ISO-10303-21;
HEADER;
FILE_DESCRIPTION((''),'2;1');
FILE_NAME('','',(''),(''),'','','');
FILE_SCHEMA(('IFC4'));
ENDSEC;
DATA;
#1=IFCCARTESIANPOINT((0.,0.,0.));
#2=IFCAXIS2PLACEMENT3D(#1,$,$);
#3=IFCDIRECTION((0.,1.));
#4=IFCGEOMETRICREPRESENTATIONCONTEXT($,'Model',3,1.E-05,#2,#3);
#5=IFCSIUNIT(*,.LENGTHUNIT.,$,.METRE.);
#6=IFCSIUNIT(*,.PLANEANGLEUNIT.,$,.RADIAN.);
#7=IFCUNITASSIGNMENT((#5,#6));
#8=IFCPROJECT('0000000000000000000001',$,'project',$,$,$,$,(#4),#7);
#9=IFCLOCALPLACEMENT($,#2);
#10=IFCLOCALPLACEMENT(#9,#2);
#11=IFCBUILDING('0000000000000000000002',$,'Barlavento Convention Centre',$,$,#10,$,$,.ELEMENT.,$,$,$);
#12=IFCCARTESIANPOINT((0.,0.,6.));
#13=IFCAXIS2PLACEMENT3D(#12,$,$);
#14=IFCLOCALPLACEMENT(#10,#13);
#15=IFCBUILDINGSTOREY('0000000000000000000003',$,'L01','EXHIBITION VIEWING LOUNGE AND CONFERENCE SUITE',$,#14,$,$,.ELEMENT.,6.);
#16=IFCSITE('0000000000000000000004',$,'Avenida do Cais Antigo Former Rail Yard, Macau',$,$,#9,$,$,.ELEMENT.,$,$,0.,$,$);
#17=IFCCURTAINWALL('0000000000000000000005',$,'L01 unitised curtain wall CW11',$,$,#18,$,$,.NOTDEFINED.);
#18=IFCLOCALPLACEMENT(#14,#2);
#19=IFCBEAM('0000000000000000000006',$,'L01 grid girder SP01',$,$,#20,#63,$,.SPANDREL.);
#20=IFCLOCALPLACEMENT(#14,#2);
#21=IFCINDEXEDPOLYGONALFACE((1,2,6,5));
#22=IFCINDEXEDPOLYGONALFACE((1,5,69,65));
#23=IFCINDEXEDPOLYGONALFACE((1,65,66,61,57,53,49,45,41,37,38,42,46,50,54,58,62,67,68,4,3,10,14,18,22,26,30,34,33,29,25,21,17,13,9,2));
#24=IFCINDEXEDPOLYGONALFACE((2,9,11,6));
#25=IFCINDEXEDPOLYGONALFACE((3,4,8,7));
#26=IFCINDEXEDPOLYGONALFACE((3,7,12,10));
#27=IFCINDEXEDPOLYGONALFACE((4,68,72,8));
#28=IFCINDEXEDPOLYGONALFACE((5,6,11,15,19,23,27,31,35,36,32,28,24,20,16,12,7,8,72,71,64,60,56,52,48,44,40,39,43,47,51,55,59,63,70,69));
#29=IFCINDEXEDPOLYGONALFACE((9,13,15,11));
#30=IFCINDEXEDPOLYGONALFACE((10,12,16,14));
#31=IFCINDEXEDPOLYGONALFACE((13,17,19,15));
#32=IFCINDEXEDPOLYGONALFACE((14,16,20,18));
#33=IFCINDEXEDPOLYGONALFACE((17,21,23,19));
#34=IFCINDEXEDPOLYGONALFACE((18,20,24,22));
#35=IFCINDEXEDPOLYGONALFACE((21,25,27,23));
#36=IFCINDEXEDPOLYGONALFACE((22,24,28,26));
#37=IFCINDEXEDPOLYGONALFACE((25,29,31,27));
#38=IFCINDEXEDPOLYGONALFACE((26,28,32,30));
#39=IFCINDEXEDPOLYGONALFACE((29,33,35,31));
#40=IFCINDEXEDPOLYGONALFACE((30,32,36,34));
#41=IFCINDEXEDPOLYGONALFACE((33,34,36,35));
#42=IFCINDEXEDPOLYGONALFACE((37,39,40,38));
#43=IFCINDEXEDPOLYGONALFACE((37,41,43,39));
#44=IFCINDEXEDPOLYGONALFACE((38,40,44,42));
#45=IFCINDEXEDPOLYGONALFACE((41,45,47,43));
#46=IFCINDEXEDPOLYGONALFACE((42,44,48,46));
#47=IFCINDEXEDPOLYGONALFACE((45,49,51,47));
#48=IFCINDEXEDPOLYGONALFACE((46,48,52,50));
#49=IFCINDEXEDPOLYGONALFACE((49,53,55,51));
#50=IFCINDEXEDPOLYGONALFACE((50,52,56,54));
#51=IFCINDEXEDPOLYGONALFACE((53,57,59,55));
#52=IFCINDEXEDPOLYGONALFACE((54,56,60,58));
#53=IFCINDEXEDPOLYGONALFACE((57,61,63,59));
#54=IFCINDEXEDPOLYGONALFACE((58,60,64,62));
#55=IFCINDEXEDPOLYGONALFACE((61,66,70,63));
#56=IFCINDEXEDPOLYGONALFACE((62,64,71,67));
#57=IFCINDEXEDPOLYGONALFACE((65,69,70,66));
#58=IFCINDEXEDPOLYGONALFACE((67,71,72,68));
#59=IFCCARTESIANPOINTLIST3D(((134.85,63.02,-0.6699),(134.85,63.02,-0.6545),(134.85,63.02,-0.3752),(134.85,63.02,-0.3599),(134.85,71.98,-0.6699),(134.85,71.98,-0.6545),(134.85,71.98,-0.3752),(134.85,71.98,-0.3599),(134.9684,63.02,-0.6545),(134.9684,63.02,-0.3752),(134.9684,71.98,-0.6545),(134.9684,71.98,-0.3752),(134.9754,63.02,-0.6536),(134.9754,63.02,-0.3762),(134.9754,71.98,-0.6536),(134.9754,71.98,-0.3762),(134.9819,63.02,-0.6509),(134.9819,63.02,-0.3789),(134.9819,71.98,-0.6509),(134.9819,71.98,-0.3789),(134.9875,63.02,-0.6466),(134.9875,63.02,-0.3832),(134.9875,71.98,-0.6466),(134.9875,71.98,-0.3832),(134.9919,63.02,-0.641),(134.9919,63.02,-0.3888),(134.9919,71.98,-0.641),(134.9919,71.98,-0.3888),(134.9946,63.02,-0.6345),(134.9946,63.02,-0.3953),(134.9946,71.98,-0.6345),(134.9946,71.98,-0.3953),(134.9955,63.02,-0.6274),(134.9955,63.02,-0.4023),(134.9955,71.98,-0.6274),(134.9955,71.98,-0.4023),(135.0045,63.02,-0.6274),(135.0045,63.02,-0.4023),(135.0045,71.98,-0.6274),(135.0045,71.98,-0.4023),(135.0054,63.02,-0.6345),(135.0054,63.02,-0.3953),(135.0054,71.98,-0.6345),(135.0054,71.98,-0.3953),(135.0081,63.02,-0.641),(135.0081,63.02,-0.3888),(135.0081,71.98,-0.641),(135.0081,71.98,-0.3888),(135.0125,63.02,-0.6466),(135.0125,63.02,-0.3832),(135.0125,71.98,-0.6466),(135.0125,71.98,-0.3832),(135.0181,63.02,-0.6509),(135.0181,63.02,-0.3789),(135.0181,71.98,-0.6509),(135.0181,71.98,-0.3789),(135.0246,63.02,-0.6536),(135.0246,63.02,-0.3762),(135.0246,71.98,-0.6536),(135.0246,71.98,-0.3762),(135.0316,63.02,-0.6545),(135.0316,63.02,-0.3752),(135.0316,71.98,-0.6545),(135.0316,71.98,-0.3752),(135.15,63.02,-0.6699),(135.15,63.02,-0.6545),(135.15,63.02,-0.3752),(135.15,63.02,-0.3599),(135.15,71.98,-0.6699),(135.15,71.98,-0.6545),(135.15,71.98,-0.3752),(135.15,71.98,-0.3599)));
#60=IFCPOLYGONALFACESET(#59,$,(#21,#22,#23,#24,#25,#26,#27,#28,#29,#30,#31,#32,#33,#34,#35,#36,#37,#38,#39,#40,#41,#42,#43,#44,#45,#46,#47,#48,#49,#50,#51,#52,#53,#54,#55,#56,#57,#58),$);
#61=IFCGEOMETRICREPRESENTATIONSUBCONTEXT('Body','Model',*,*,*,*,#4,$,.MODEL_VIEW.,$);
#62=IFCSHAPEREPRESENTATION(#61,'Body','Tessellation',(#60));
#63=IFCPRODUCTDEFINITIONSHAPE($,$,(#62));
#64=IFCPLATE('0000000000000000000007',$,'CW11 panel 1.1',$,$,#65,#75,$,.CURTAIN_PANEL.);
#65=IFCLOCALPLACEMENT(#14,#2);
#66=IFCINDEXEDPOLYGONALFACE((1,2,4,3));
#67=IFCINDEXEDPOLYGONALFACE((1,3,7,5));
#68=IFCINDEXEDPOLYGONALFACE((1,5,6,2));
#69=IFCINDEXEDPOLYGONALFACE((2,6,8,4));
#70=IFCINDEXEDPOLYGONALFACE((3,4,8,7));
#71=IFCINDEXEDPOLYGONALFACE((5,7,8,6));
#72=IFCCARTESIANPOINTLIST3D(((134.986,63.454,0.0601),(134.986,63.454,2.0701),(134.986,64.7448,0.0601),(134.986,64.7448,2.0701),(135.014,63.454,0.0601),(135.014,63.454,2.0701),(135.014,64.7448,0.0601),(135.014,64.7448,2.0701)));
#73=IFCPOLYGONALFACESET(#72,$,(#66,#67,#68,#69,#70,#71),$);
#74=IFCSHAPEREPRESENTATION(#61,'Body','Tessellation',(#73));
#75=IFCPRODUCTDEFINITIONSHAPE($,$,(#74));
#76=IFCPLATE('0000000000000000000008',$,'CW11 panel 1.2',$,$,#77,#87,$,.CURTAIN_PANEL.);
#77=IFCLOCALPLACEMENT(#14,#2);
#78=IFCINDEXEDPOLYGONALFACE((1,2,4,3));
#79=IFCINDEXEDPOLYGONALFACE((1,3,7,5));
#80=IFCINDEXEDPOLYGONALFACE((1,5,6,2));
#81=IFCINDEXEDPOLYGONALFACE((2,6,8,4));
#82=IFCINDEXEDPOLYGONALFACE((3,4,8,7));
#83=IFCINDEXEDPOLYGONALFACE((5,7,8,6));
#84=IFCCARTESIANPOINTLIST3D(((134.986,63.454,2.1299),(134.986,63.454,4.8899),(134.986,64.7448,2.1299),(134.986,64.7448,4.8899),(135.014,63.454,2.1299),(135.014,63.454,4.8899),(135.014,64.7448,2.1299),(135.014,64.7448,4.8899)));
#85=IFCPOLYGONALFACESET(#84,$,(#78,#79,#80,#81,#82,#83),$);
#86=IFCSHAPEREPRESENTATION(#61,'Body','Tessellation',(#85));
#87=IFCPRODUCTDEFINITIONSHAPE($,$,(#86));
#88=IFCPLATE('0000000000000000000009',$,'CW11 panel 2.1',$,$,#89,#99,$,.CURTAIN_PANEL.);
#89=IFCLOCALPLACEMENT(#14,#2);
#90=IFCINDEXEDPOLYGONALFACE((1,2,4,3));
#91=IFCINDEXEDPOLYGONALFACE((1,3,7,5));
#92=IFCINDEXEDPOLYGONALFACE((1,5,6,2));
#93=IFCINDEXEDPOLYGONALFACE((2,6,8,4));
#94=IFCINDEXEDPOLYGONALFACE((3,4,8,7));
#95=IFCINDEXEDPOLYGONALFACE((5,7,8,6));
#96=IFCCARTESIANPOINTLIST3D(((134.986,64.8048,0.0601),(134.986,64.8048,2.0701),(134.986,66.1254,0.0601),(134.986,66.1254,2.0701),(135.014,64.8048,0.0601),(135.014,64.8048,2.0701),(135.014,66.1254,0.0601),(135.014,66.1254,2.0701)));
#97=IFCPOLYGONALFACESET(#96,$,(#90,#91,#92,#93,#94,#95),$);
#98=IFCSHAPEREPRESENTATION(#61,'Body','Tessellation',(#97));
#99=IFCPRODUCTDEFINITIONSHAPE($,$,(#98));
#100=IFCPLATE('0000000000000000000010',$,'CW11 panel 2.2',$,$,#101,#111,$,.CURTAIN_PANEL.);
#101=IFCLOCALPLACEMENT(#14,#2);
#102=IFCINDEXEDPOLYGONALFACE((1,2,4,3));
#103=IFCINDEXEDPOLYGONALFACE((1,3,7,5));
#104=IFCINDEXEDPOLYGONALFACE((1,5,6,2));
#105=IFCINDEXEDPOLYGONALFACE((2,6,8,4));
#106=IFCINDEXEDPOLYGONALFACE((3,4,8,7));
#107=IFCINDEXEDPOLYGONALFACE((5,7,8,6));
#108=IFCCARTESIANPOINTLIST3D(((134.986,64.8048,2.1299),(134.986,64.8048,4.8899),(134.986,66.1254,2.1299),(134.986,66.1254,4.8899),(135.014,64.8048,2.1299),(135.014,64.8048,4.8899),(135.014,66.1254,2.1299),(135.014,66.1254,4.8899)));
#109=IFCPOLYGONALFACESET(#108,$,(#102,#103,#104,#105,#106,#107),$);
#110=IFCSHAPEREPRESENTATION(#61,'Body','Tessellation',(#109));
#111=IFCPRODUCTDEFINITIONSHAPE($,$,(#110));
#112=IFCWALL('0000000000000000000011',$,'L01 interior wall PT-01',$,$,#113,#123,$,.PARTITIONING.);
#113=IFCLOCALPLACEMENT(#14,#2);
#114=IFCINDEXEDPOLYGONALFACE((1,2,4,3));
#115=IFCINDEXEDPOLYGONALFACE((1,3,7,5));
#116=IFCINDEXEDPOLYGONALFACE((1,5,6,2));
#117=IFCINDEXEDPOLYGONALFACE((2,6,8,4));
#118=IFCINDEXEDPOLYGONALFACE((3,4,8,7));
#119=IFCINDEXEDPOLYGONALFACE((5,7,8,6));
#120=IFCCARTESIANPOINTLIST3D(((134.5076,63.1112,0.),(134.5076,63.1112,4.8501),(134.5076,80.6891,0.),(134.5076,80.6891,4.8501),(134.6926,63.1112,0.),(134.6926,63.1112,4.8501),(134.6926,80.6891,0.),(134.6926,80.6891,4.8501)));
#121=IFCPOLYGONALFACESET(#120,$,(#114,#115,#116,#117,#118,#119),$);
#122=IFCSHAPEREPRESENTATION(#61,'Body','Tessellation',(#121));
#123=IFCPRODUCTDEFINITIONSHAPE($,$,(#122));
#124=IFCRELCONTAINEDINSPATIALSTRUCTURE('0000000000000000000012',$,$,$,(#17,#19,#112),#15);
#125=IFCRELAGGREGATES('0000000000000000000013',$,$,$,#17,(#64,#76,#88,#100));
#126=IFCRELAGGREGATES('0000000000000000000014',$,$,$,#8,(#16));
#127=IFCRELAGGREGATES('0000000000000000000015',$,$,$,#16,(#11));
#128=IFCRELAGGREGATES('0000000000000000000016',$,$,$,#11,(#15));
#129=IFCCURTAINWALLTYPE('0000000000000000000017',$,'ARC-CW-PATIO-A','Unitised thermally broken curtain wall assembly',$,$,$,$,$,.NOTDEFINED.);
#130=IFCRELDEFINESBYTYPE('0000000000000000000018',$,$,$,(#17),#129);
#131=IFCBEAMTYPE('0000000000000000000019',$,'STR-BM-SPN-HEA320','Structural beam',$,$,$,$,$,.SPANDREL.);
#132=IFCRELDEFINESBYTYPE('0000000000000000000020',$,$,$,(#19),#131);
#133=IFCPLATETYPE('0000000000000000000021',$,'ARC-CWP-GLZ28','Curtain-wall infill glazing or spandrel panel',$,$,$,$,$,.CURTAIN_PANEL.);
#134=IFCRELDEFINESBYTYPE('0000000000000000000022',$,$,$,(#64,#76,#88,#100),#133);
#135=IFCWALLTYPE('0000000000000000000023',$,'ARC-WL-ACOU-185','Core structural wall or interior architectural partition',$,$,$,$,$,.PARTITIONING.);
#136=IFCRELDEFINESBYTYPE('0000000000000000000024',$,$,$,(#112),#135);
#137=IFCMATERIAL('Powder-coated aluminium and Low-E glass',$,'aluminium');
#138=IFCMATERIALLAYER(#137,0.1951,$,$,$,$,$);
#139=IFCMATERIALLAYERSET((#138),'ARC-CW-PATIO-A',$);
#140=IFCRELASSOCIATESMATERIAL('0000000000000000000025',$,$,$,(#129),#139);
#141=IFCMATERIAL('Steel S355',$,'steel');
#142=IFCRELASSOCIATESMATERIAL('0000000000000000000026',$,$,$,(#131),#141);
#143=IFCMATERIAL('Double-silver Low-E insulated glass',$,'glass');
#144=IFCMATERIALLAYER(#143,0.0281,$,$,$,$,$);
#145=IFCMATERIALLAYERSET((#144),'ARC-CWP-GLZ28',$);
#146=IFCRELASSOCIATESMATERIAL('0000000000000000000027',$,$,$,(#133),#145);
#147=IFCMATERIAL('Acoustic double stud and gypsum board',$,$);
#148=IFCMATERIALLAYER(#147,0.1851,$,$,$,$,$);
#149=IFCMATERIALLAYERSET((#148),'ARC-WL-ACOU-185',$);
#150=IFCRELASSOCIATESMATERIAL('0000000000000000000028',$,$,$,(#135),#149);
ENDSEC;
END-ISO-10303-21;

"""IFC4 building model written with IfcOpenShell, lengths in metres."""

from ifc_helpers import new_model, si_unit, direction, frame, frame_2d, origin, origin_2d, place, context, subcontext, project, spatial, rectangle, i_section, extrude, material, layer, layer_set, material_profile, profile_set, type_object, element, aggregate, save


model = new_model("IFC4")

# Units and contexts
model_context = context("Model", 3, precision=1e-05, world=origin(), true_north=direction((0.0, 1.0)))
body_context = subcontext(model_context, "Body", "Model", "MODEL_VIEW")
ifc_project = project(units=[si_unit("LENGTHUNIT", "METRE"), si_unit("PLANEANGLEUNIT", "RADIAN")], contexts=[model_context])

# Site, building, storey
site_placement = place(None, origin())
site = spatial("IfcSite", under=ifc_project, at=site_placement, Name="Avenida do Cais Antigo Former Rail Yard, Macau", CompositionType="ELEMENT", RefElevation=0.0)
building_placement = place(site_placement, origin())
building = spatial("IfcBuilding", under=site, at=building_placement, Name="Barlavento Convention Centre", CompositionType="ELEMENT")
storey_placement = place(building_placement, frame((0.0, 0.0, 6.0)))
storey = spatial("IfcBuildingStorey", under=building, at=storey_placement, Name="L01", Description="EXHIBITION VIEWING LOUNGE AND CONFERENCE SUITE", CompositionType="ELEMENT", Elevation=6.0)

# Curtain wall
ifc_material_1 = material(Name="Powder-coated aluminium and Low-E glass", Category="aluminium")
ifc_layer_1 = layer(ifc_material_1, 0.1951)
ifc_layer_set_1 = layer_set([ifc_layer_1], Name="ARC-CW-PATIO-A")
curtain_wall_type = type_object("IfcCurtainWallType", Name="ARC-CW-PATIO-A", Description="Unitised thermally broken curtain wall assembly", PredefinedType="NOTDEFINED", material=ifc_layer_set_1)
curtain_wall_placement = place(storey_placement, origin())
curtain_wall = element("IfcCurtainWall", 1, at=curtain_wall_placement, inside=storey, type_object=curtain_wall_type, Name="L01 unitised curtain wall CW11", PredefinedType="NOTDEFINED")

# Beam
ifc_material_2 = material(Name="Steel S355", Category="steel")
ifc_material_profile_1 = material_profile(ifc_material_2, i_section(OverallWidth=0.3, OverallDepth=0.3101, WebThickness=0.009, FlangeThickness=0.0154, FilletRadius=0.0271, at=origin_2d()), Name="HEA 320")
ifc_profile_set_1 = profile_set([ifc_material_profile_1], Name="Steel S355")
beam_type_1 = type_object("IfcBeamType", Name="STR-BM-SPN-HEA320", Description="Structural beam", PredefinedType="SPANDREL", material=ifc_profile_set_1)
beam_1_placement = place(storey_placement, frame((135.0, 63.02, -0.5149), z_axis=(0.0, 1.0, 0.0), x_axis=(-1.0, 0.0, 0.0)))
element("IfcBeam", 2, at=beam_1_placement, inside=storey, type_object=beam_type_1, Name="L01 grid girder SP01", PredefinedType="SPANDREL", context=body_context, shape_type="SweptSolid", body=[
    extrude(i_section(OverallWidth=0.3, OverallDepth=0.3101, WebThickness=0.009, FlangeThickness=0.0154, FilletRadius=0.0271, at=origin_2d()), origin(), (0.0, 0.0, 1.0), 8.96),
])

# Plates
ifc_material_3 = material(Name="Double-silver Low-E insulated glass", Category="glass")
ifc_layer_2 = layer(ifc_material_3, 0.0281)
ifc_layer_set_2 = layer_set([ifc_layer_2], Name="ARC-CWP-GLZ28")
plate_type = type_object("IfcPlateType", Name="ARC-CWP-GLZ28", Description="Curtain-wall infill glazing or spandrel panel", PredefinedType="CURTAIN_PANEL", material=ifc_layer_set_2)
plate_1_placement = place(storey_placement, frame((135.0, 64.0994, 0.0601), z_axis=(0.0, 0.0, 1.0), x_axis=(0.0, 1.0, 0.0)))
plate_1 = element("IfcPlate", 3, at=plate_1_placement, type_object=plate_type, Name="CW11 panel 1.1", PredefinedType="CURTAIN_PANEL", context=body_context, shape_type="SweptSolid", body=[
    extrude(rectangle(XDim=1.2908, YDim=0.0281, at=origin_2d()), origin(), (0.0, 0.0, 1.0), 2.01),
])
plate_2_placement = place(storey_placement, frame((135.0, 64.0994, 2.1299), z_axis=(0.0, 0.0, 1.0), x_axis=(0.0, 1.0, 0.0)))
plate_2 = element("IfcPlate", 4, at=plate_2_placement, type_object=plate_type, Name="CW11 panel 1.2", PredefinedType="CURTAIN_PANEL", context=body_context, shape_type="SweptSolid", body=[
    extrude(rectangle(XDim=1.2908, YDim=0.0281, at=origin_2d()), origin(), (0.0, 0.0, 1.0), 2.76),
])
plate_3_placement = place(storey_placement, frame((135.0, 65.4651, 0.0601), z_axis=(0.0, 0.0, 1.0), x_axis=(0.0, 1.0, 0.0)))
plate_3 = element("IfcPlate", 5, at=plate_3_placement, type_object=plate_type, Name="CW11 panel 2.1", PredefinedType="CURTAIN_PANEL", context=body_context, shape_type="SweptSolid", body=[
    extrude(rectangle(XDim=1.3206, YDim=0.0281, at=origin_2d()), origin(), (0.0, 0.0, 1.0), 2.01),
])
plate_4_placement = place(storey_placement, frame((135.0, 65.4651, 2.1299), z_axis=(0.0, 0.0, 1.0), x_axis=(0.0, 1.0, 0.0)))
plate_4 = element("IfcPlate", 6, at=plate_4_placement, type_object=plate_type, Name="CW11 panel 2.2", PredefinedType="CURTAIN_PANEL", context=body_context, shape_type="SweptSolid", body=[
    extrude(rectangle(XDim=1.3206, YDim=0.0281, at=origin_2d()), origin(), (0.0, 0.0, 1.0), 2.76),
])
aggregate(curtain_wall, [plate_1, plate_2, plate_3, plate_4])

# Wall
ifc_material_4 = material(Name="Acoustic double stud and gypsum board")
ifc_layer_3 = layer(ifc_material_4, 0.1851)
ifc_layer_set_3 = layer_set([ifc_layer_3], Name="ARC-WL-ACOU-185")
wall_type = type_object("IfcWallType", Name="ARC-WL-ACOU-185", Description="Core structural wall or interior architectural partition", PredefinedType="PARTITIONING", material=ifc_layer_set_3)
wall_placement = place(storey_placement, frame((134.6001, 63.1111, 0.0), z_axis=(0.0, 0.0, 1.0), x_axis=(0.0, 1.0, 0.0)))
element("IfcWall", 7, at=wall_placement, inside=storey, type_object=wall_type, Name="L01 interior wall PT-01", PredefinedType="PARTITIONING", context=body_context, shape_type="SweptSolid", body=[
    extrude(rectangle(XDim=17.5779, YDim=0.1851, at=frame_2d((8.7891, 0.0))), origin(), (0.0, 0.0, 1.0), 4.8501),
])

save(model, "model.ifc")
